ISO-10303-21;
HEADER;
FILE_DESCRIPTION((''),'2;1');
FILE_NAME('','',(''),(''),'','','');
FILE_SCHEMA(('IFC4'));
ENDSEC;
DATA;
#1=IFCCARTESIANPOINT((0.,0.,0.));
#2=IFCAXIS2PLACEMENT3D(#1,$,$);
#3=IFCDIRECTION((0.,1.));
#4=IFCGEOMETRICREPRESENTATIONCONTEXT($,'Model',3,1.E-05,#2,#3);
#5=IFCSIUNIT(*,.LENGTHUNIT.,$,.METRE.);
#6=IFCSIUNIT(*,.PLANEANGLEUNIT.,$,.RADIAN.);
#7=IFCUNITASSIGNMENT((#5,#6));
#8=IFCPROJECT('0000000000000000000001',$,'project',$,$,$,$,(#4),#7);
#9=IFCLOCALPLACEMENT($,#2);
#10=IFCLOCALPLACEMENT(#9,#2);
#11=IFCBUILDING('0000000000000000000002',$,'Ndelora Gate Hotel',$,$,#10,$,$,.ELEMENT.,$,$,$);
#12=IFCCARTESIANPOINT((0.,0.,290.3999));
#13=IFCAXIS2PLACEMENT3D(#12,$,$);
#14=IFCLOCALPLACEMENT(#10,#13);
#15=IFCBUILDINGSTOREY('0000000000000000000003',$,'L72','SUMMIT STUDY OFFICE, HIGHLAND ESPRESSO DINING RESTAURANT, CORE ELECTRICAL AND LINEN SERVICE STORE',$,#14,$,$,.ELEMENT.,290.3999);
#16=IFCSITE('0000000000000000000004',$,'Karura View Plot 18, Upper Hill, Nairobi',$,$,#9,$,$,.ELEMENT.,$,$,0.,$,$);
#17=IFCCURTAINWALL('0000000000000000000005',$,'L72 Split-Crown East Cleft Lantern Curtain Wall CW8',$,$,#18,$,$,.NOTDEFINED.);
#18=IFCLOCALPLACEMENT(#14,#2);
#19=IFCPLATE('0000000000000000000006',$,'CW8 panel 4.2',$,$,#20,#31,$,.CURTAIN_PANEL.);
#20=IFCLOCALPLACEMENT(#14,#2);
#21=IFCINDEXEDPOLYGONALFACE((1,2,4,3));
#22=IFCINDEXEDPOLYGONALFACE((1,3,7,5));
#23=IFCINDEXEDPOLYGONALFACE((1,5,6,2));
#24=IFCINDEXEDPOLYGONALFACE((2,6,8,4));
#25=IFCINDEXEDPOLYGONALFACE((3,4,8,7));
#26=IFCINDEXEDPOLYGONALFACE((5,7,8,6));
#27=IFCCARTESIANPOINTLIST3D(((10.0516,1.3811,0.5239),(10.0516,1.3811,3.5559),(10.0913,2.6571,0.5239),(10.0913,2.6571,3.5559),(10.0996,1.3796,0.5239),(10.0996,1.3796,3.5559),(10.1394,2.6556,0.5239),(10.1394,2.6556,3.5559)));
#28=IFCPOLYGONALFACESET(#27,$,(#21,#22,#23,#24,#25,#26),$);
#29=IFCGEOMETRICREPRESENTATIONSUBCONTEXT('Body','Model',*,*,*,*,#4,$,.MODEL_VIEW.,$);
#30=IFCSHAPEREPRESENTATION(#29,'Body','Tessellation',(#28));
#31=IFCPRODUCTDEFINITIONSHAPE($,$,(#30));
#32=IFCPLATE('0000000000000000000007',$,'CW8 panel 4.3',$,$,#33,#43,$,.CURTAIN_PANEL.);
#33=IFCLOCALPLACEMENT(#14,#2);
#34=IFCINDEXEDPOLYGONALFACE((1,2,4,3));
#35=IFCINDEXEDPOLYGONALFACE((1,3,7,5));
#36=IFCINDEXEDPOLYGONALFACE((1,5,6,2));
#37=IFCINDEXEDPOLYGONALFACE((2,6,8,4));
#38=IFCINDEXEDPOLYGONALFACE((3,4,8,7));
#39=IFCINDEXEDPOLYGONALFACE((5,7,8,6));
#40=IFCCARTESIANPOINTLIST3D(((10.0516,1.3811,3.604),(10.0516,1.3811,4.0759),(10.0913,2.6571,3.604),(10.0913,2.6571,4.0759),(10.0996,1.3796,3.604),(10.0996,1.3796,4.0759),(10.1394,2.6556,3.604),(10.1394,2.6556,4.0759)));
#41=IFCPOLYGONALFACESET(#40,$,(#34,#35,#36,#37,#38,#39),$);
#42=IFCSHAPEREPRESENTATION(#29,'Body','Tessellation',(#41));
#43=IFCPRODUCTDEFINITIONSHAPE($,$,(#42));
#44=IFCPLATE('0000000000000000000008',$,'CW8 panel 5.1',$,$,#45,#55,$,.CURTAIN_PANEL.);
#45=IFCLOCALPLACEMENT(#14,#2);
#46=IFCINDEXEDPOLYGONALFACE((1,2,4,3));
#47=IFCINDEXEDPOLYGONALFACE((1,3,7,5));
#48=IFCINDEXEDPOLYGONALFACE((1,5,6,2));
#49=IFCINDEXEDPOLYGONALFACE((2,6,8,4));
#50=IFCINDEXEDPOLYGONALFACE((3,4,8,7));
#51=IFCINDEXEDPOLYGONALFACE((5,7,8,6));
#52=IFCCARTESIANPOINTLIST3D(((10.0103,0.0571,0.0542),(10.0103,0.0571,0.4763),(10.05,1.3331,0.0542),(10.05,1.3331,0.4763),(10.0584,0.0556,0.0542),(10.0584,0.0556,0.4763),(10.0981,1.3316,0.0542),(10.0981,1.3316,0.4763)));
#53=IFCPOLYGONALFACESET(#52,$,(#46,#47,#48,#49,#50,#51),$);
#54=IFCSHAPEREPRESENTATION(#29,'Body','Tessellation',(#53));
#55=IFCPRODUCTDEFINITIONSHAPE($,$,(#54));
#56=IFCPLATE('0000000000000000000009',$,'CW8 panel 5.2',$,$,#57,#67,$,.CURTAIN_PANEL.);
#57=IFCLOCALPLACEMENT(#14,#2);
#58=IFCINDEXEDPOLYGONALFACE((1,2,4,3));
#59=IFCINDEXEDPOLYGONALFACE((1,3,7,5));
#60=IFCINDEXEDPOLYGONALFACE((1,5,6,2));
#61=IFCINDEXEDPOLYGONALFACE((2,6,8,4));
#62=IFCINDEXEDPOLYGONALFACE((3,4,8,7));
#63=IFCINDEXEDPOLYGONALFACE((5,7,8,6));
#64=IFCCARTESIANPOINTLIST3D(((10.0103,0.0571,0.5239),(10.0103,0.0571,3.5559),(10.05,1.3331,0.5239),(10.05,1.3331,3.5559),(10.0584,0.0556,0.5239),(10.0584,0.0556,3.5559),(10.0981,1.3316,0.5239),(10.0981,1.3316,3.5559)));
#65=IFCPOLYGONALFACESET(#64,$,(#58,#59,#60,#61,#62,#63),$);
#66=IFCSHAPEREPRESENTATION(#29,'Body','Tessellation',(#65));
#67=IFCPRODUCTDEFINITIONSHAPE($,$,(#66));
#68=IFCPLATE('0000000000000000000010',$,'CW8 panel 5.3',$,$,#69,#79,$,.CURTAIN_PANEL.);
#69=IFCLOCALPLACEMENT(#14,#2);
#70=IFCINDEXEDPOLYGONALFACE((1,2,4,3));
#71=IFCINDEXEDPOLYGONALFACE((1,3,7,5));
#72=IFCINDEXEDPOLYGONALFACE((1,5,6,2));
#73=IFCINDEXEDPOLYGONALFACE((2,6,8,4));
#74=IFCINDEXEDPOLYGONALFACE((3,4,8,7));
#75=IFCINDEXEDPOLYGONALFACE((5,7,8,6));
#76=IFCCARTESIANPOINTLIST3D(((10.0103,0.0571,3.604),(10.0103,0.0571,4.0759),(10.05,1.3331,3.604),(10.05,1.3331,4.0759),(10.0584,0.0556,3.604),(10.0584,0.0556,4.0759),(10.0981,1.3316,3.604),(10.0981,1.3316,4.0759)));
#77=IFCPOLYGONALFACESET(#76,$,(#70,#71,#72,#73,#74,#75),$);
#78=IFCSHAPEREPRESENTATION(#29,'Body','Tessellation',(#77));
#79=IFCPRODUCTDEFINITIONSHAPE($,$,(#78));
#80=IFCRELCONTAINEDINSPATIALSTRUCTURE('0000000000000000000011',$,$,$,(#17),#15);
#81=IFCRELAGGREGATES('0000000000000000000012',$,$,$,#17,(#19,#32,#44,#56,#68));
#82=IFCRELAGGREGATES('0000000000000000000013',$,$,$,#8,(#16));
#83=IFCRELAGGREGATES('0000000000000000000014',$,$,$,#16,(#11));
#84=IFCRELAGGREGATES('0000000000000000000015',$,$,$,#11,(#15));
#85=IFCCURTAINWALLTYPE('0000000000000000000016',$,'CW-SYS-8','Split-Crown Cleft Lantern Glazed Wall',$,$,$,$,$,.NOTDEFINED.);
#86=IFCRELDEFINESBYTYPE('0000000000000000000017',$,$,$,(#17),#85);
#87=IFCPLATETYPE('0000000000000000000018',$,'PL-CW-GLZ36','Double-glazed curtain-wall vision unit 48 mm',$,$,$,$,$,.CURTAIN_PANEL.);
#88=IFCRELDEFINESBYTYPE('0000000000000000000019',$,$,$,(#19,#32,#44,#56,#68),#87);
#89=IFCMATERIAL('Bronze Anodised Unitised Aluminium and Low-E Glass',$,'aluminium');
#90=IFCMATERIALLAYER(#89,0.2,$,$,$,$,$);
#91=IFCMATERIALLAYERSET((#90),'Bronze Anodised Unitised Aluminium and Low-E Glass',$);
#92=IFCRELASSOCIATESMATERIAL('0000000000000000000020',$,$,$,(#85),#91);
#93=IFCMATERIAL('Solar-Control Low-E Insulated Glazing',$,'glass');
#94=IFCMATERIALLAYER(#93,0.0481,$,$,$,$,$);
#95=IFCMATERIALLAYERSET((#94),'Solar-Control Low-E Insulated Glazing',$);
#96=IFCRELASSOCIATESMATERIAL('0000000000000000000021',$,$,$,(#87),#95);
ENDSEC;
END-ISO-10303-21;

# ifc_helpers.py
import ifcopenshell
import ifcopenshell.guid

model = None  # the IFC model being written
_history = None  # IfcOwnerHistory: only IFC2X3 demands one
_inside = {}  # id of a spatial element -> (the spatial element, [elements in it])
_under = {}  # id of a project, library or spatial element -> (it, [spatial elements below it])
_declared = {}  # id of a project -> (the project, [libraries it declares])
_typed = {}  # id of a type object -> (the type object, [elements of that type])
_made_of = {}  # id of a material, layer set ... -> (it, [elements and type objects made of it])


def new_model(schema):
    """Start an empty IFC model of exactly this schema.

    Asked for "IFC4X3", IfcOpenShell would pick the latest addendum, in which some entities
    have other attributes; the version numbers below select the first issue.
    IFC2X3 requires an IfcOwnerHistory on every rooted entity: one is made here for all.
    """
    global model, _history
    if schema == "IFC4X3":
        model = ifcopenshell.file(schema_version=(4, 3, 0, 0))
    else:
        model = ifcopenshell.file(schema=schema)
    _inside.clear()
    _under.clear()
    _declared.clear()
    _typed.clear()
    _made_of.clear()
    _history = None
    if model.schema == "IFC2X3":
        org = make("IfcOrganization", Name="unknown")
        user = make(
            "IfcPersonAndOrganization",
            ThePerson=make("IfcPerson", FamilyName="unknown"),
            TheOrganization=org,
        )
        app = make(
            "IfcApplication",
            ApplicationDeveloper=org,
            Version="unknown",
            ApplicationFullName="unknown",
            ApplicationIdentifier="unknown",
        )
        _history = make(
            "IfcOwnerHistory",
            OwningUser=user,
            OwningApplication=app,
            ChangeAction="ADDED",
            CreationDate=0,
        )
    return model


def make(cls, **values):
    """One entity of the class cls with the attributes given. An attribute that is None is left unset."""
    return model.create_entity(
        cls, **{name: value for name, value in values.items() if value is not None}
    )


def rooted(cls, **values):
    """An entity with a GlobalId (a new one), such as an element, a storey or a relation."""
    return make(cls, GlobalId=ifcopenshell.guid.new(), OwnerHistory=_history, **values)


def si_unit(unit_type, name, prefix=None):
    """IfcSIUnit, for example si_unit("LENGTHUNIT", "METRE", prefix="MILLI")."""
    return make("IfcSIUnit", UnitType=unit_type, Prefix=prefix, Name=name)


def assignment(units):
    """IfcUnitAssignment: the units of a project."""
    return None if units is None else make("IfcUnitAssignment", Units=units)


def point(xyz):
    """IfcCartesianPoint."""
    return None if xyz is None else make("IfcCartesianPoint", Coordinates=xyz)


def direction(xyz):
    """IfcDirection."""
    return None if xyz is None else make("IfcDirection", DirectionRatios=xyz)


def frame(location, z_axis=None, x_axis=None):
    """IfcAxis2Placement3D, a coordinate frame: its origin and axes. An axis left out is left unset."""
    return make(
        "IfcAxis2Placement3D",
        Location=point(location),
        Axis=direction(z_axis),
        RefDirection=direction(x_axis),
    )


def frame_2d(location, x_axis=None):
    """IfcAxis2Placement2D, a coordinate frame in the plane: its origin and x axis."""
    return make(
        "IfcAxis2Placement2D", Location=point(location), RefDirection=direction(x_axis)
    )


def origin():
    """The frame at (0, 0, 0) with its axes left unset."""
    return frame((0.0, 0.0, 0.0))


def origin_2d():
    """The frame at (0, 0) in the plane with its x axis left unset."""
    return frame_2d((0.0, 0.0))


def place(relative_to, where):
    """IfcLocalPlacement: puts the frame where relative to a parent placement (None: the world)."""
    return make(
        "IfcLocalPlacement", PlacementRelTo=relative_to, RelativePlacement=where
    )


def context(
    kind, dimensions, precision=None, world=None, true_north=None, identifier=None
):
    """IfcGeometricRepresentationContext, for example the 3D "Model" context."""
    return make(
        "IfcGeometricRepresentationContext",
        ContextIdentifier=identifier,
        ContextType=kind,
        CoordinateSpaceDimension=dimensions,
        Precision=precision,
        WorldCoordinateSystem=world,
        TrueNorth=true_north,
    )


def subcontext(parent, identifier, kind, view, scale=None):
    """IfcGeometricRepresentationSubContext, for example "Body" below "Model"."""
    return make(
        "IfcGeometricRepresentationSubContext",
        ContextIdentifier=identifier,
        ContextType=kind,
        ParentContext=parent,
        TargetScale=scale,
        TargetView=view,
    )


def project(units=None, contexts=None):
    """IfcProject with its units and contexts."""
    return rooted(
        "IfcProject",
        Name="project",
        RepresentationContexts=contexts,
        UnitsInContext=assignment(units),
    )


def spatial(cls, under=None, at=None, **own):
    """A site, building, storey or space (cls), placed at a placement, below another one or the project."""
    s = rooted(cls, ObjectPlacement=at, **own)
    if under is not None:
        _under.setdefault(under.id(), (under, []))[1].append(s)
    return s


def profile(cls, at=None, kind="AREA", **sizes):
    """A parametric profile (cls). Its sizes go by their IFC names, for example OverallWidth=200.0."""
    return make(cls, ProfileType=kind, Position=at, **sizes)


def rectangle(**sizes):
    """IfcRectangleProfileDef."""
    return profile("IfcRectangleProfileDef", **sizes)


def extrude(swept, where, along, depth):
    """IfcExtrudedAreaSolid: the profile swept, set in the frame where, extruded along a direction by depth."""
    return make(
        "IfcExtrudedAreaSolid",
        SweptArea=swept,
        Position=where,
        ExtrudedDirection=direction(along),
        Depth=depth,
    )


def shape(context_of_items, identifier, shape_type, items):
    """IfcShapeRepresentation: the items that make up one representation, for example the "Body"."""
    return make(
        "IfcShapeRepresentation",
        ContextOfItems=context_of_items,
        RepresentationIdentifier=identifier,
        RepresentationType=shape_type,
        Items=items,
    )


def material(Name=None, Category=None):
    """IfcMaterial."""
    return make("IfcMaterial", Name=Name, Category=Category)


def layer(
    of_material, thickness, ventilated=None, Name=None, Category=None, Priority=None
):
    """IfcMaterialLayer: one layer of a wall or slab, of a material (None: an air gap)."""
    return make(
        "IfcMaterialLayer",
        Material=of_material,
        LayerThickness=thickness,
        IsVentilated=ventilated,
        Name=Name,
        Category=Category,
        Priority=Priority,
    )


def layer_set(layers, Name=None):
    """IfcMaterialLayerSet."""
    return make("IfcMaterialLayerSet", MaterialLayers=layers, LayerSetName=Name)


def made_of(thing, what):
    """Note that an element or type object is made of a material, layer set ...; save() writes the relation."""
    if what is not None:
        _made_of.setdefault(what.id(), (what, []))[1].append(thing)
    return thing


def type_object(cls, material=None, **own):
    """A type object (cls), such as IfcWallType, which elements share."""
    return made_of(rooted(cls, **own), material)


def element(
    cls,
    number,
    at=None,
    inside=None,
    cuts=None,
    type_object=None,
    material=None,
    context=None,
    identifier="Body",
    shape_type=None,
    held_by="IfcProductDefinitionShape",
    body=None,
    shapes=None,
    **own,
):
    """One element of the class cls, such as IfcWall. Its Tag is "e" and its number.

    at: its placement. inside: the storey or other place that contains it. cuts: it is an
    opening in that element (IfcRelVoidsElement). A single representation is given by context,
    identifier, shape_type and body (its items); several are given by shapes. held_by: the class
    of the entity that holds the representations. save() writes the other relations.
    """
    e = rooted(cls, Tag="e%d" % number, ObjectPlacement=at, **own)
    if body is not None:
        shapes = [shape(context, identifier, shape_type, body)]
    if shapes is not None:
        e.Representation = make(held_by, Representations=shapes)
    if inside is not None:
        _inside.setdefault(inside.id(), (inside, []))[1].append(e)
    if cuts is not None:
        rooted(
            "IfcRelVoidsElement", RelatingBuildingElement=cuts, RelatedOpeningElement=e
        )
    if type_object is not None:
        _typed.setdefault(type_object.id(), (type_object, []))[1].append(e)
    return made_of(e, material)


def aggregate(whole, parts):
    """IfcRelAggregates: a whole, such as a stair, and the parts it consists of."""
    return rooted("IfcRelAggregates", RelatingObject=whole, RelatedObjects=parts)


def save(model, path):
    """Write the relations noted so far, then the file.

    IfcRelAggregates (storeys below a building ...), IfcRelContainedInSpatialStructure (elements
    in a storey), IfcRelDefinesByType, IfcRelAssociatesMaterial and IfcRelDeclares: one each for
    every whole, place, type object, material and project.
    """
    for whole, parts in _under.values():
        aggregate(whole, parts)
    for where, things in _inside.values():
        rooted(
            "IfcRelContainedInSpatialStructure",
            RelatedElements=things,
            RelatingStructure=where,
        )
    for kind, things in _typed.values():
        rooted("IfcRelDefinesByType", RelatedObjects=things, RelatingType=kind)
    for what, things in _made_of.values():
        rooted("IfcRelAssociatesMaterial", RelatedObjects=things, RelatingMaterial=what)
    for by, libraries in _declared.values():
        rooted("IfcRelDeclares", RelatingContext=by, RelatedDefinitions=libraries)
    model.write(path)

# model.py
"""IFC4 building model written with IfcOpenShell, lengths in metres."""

from ifc_helpers import new_model, si_unit, direction, frame, origin, origin_2d, place, context, subcontext, project, spatial, rectangle, extrude, material, layer, layer_set, type_object, element, aggregate, save


model = new_model("IFC4")

# Units and contexts
model_context = context("Model", 3, precision=1e-05, world=origin(), true_north=direction((0.0, 1.0)))
body_context = subcontext(model_context, "Body", "Model", "MODEL_VIEW")
ifc_project = project(units=[si_unit("LENGTHUNIT", "METRE"), si_unit("PLANEANGLEUNIT", "RADIAN")], contexts=[model_context])

# Site, building, storey
site_placement = place(None, origin())
site = spatial("IfcSite", under=ifc_project, at=site_placement, Name="Karura View Plot 18, Upper Hill, Nairobi", CompositionType="ELEMENT", RefElevation=0.0)
building_placement = place(site_placement, origin())
building = spatial("IfcBuilding", under=site, at=building_placement, Name="Ndelora Gate Hotel", CompositionType="ELEMENT")
storey_placement = place(building_placement, frame((0.0, 0.0, 290.3999)))
storey = spatial("IfcBuildingStorey", under=building, at=storey_placement, Name="L72", Description="SUMMIT STUDY OFFICE, HIGHLAND ESPRESSO DINING RESTAURANT, CORE ELECTRICAL AND LINEN SERVICE STORE", CompositionType="ELEMENT", Elevation=290.3999)

# Curtain wall, plates
ifc_material_1 = material(Name="Bronze Anodised Unitised Aluminium and Low-E Glass", Category="aluminium")
ifc_layer_1 = layer(ifc_material_1, 0.2)
ifc_layer_set_1 = layer_set([ifc_layer_1], Name="Bronze Anodised Unitised Aluminium and Low-E Glass")
curtain_wall_type = type_object("IfcCurtainWallType", Name="CW-SYS-8", Description="Split-Crown Cleft Lantern Glazed Wall", PredefinedType="NOTDEFINED", material=ifc_layer_set_1)
curtain_wall_placement = place(storey_placement, origin())
curtain_wall = element("IfcCurtainWall", 1, at=curtain_wall_placement, inside=storey, type_object=curtain_wall_type, Name="L72 Split-Crown East Cleft Lantern Curtain Wall CW8", PredefinedType="NOTDEFINED")
ifc_material_2 = material(Name="Solar-Control Low-E Insulated Glazing", Category="glass")
ifc_layer_2 = layer(ifc_material_2, 0.0481)
ifc_layer_set_2 = layer_set([ifc_layer_2], Name="Solar-Control Low-E Insulated Glazing")
plate_type = type_object("IfcPlateType", Name="PL-CW-GLZ36", Description="Double-glazed curtain-wall vision unit 48 mm", PredefinedType="CURTAIN_PANEL", material=ifc_layer_set_2)
plate_1_placement = place(storey_placement, frame((10.0955, 2.0183, 0.5239), z_axis=(0.0, 0.0, 1.0), x_axis=(-0.031131, -0.999515, 0.0)))
plate_1 = element("IfcPlate", 2, at=plate_1_placement, type_object=plate_type, Name="CW8 panel 4.2", PredefinedType="CURTAIN_PANEL", context=body_context, shape_type="SweptSolid", body=[
    extrude(rectangle(XDim=1.2766, YDim=0.0481, at=origin_2d()), origin(), (0.0, 0.0, 1.0), 3.032),
])
plate_2_placement = place(storey_placement, frame((10.0955, 2.0183, 3.604), z_axis=(0.0, 0.0, 1.0), x_axis=(-0.031131, -0.999515, 0.0)))
plate_2 = element("IfcPlate", 3, at=plate_2_placement, type_object=plate_type, Name="CW8 panel 4.3", PredefinedType="CURTAIN_PANEL", context=body_context, shape_type="SweptSolid", body=[
    extrude(rectangle(XDim=1.2766, YDim=0.0481, at=origin_2d()), origin(), (0.0, 0.0, 1.0), 0.4719),
])
plate_3_placement = place(storey_placement, frame((10.0542, 0.6943, 0.0542), z_axis=(0.0, 0.0, 1.0), x_axis=(-0.031131, -0.999515, 0.0)))
plate_3 = element("IfcPlate", 4, at=plate_3_placement, type_object=plate_type, Name="CW8 panel 5.1", PredefinedType="CURTAIN_PANEL", context=body_context, shape_type="SweptSolid", body=[
    extrude(rectangle(XDim=1.2766, YDim=0.0481, at=origin_2d()), origin(), (0.0, 0.0, 1.0), 0.4221),
])
plate_4_placement = place(storey_placement, frame((10.0542, 0.6943, 0.5239), z_axis=(0.0, 0.0, 1.0), x_axis=(-0.031131, -0.999515, 0.0)))
plate_4 = element("IfcPlate", 5, at=plate_4_placement, type_object=plate_type, Name="CW8 panel 5.2", PredefinedType="CURTAIN_PANEL", context=body_context, shape_type="SweptSolid", body=[
    extrude(rectangle(XDim=1.2766, YDim=0.0481, at=origin_2d()), origin(), (0.0, 0.0, 1.0), 3.032),
])
plate_5_placement = place(storey_placement, frame((10.0542, 0.6943, 3.604), z_axis=(0.0, 0.0, 1.0), x_axis=(-0.031131, -0.999515, 0.0)))
plate_5 = element("IfcPlate", 6, at=plate_5_placement, type_object=plate_type, Name="CW8 panel 5.3", PredefinedType="CURTAIN_PANEL", context=body_context, shape_type="SweptSolid", body=[
    extrude(rectangle(XDim=1.2766, YDim=0.0481, at=origin_2d()), origin(), (0.0, 0.0, 1.0), 0.4719),
])
aggregate(curtain_wall, [plate_1, plate_2, plate_3, plate_4, plate_5])

save(model, "model.ifc")
